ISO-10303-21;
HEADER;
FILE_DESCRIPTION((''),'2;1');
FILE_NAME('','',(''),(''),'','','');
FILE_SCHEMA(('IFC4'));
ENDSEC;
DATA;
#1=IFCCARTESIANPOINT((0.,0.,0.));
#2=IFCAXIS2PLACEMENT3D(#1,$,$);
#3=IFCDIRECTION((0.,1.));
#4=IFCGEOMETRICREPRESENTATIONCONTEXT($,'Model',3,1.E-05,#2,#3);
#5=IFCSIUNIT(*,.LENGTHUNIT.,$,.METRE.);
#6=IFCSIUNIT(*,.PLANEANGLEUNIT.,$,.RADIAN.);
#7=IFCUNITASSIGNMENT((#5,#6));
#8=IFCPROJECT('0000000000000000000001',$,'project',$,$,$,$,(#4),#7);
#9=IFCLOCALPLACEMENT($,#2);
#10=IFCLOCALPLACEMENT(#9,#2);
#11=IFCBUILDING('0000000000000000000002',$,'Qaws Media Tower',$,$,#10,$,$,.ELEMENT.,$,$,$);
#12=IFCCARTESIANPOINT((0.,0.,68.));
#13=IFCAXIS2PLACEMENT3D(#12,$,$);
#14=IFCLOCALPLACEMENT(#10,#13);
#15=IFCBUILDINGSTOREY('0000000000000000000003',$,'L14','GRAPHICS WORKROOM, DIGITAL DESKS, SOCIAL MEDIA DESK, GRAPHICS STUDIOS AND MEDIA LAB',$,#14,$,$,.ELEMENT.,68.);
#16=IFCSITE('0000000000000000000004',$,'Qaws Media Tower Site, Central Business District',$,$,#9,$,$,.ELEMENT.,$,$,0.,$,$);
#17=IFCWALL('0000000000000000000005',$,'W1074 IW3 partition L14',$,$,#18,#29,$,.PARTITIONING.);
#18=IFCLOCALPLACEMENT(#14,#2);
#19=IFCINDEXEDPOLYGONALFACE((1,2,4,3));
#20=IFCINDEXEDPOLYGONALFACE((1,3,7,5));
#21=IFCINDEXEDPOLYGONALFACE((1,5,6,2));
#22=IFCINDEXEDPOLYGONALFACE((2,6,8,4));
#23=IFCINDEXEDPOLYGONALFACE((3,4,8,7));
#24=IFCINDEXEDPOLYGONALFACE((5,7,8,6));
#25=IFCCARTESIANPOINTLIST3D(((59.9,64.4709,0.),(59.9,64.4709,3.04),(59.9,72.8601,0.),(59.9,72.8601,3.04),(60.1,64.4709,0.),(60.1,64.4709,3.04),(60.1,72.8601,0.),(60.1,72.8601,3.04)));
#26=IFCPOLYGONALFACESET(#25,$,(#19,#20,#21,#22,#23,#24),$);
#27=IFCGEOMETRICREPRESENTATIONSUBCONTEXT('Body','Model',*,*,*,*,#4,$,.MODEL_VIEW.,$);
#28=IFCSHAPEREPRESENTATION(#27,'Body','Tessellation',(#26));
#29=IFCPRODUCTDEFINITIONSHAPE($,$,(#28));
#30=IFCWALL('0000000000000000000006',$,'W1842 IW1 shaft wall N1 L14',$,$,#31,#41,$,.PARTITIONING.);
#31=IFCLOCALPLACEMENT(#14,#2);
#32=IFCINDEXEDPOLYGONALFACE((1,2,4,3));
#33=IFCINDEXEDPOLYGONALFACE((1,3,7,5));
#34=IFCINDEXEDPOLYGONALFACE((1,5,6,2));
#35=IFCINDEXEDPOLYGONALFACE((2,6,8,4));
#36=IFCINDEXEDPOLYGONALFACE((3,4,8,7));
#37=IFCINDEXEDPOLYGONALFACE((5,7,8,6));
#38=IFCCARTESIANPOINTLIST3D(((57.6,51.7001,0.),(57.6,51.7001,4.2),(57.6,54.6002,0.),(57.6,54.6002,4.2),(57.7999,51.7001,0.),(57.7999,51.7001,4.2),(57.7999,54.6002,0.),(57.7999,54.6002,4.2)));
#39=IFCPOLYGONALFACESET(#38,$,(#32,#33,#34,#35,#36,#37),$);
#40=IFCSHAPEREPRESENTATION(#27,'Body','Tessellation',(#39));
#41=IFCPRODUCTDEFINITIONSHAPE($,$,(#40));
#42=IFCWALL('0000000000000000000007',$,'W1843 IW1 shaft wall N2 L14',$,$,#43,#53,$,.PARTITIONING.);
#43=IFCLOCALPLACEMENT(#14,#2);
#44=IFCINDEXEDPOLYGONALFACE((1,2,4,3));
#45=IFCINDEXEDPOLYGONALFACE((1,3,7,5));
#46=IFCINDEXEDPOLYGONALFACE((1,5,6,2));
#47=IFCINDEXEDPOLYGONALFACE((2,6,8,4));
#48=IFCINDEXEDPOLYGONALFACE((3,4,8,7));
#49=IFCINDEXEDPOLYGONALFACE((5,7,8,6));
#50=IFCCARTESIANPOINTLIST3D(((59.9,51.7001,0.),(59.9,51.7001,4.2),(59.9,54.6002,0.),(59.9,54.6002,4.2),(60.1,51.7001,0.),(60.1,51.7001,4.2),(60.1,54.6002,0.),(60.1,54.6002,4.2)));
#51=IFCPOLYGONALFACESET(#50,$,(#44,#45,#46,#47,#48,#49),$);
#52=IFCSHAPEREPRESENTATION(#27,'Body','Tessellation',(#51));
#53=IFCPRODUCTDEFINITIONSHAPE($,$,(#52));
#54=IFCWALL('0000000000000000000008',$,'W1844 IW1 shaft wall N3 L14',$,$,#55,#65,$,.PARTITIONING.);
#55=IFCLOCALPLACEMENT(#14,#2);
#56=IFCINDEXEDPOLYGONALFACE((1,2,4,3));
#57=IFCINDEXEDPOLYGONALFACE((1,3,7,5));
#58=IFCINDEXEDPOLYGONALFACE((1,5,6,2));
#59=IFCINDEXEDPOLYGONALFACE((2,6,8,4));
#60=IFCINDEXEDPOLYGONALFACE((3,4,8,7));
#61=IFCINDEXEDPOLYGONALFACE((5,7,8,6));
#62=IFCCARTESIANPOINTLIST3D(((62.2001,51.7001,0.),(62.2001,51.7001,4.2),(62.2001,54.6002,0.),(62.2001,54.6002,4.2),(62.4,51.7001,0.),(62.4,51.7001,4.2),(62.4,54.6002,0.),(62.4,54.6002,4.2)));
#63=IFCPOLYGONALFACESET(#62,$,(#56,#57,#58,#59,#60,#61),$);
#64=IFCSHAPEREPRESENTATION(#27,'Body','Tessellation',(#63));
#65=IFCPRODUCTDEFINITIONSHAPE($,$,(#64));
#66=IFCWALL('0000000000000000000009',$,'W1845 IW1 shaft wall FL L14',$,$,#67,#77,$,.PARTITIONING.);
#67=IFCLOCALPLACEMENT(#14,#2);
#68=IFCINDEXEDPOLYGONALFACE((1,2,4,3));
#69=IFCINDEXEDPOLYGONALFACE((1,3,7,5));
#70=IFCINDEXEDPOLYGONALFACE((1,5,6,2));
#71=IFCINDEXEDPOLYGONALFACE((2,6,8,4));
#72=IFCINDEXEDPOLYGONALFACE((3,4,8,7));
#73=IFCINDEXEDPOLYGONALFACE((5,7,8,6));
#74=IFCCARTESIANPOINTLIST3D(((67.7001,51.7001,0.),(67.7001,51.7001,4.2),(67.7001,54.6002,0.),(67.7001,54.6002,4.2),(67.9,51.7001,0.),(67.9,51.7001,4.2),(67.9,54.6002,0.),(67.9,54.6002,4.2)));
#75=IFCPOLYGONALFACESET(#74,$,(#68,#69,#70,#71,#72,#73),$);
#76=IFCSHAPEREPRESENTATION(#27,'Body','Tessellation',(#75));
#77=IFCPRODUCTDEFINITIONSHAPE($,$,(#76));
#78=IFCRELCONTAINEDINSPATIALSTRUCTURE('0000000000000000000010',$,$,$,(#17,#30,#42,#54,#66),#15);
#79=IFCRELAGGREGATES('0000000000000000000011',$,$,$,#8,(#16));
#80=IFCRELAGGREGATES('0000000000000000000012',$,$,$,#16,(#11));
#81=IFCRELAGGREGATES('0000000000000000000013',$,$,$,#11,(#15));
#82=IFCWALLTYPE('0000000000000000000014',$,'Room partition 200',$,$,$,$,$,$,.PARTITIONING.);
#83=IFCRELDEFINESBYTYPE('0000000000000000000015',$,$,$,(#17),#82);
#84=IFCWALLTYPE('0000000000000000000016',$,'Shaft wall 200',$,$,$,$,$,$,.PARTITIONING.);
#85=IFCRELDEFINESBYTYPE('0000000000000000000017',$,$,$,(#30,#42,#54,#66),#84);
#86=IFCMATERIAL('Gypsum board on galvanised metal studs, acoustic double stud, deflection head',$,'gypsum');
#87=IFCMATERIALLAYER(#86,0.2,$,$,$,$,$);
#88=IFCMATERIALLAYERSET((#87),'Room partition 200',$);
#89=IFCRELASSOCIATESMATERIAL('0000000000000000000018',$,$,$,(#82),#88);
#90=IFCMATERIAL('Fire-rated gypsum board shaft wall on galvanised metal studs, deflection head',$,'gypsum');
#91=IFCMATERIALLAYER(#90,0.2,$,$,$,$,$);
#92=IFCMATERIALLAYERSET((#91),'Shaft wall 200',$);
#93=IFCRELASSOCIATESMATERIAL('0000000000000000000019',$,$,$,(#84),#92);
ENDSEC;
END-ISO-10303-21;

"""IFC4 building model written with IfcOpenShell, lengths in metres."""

from ifc_helpers import new_model, si_unit, direction, frame, frame_2d, origin, place, context, subcontext, project, spatial, rectangle, extrude, material, layer, layer_set, type_object, element, save


model = new_model("IFC4")

# Units and contexts
model_context = context("Model", 3, precision=1e-05, world=origin(), true_north=direction((0.0, 1.0)))
body_context = subcontext(model_context, "Body", "Model", "MODEL_VIEW")
ifc_project = project(units=[si_unit("LENGTHUNIT", "METRE"), si_unit("PLANEANGLEUNIT", "RADIAN")], contexts=[model_context])

# Site, building, storey
site_placement = place(None, origin())
site = spatial("IfcSite", under=ifc_project, at=site_placement, Name="Qaws Media Tower Site, Central Business District", CompositionType="ELEMENT", RefElevation=0.0)
building_placement = place(site_placement, origin())
building = spatial("IfcBuilding", under=site, at=building_placement, Name="Qaws Media Tower", CompositionType="ELEMENT")
storey_placement = place(building_placement, frame((0.0, 0.0, 68.0)))
storey = spatial("IfcBuildingStorey", under=building, at=storey_placement, Name="L14", Description="GRAPHICS WORKROOM, DIGITAL DESKS, SOCIAL MEDIA DESK, GRAPHICS STUDIOS AND MEDIA LAB", CompositionType="ELEMENT", Elevation=68.0)

# Shared definitions
ifc_material_1 = material(Name="Gypsum board on galvanised metal studs, acoustic double stud, deflection head", Category="gypsum")
ifc_layer_1 = layer(ifc_material_1, 0.2)
ifc_layer_set_1 = layer_set([ifc_layer_1], Name="Room partition 200")
wall_type_1 = type_object("IfcWallType", Name="Room partition 200", PredefinedType="PARTITIONING", material=ifc_layer_set_1)

# Walls
wall_1_placement = place(storey_placement, frame((60.0, 64.4709, 0.0), z_axis=(0.0, 0.0, 1.0), x_axis=(0.0, 1.0, 0.0)))
element("IfcWall", 1, at=wall_1_placement, inside=storey, type_object=wall_type_1, Name="W1074 IW3 partition L14", PredefinedType="PARTITIONING", context=body_context, shape_type="SweptSolid", body=[
    extrude(rectangle(XDim=8.3892, YDim=0.2, at=frame_2d((4.1946, 0.0))), origin(), (0.0, 0.0, 1.0), 3.04),
])
ifc_material_2 = material(Name="Fire-rated gypsum board shaft wall on galvanised metal studs, deflection head", Category="gypsum")
ifc_layer_2 = layer(ifc_material_2, 0.2)
ifc_layer_set_2 = layer_set([ifc_layer_2], Name="Shaft wall 200")
wall_type_2 = type_object("IfcWallType", Name="Shaft wall 200", PredefinedType="PARTITIONING", material=ifc_layer_set_2)
for number, where, z_axis, x_axis, name in (
    (2, (57.7, 51.7, 0.0), (0.0, 0.0, 1.0), (0.0, 1.0, 0.0), "W1842 IW1 shaft wall N1 L14"),
    (3, (60.0, 51.7, 0.0), (0.0, 0.0, 1.0), (0.0, 1.0, 0.0), "W1843 IW1 shaft wall N2 L14"),
    (4, (62.3, 51.7, 0.0), (0.0, 0.0, 1.0), (0.0, 1.0, 0.0), "W1844 IW1 shaft wall N3 L14"),
    (5, (67.8, 51.7, 0.0), (0.0, 0.0, 1.0), (0.0, 1.0, 0.0), "W1845 IW1 shaft wall FL L14"),
):
    element("IfcWall", number, at=place(storey_placement, frame(where, z_axis=z_axis, x_axis=x_axis)), inside=storey, type_object=wall_type_2, Name=name, PredefinedType="PARTITIONING", context=body_context, shape_type="SweptSolid", body=[
        extrude(rectangle(XDim=2.9001, YDim=0.2, at=frame_2d((1.4502, 0.0))), origin(), (0.0, 0.0, 1.0), 4.2),
    ])

save(model, "model.ifc")
